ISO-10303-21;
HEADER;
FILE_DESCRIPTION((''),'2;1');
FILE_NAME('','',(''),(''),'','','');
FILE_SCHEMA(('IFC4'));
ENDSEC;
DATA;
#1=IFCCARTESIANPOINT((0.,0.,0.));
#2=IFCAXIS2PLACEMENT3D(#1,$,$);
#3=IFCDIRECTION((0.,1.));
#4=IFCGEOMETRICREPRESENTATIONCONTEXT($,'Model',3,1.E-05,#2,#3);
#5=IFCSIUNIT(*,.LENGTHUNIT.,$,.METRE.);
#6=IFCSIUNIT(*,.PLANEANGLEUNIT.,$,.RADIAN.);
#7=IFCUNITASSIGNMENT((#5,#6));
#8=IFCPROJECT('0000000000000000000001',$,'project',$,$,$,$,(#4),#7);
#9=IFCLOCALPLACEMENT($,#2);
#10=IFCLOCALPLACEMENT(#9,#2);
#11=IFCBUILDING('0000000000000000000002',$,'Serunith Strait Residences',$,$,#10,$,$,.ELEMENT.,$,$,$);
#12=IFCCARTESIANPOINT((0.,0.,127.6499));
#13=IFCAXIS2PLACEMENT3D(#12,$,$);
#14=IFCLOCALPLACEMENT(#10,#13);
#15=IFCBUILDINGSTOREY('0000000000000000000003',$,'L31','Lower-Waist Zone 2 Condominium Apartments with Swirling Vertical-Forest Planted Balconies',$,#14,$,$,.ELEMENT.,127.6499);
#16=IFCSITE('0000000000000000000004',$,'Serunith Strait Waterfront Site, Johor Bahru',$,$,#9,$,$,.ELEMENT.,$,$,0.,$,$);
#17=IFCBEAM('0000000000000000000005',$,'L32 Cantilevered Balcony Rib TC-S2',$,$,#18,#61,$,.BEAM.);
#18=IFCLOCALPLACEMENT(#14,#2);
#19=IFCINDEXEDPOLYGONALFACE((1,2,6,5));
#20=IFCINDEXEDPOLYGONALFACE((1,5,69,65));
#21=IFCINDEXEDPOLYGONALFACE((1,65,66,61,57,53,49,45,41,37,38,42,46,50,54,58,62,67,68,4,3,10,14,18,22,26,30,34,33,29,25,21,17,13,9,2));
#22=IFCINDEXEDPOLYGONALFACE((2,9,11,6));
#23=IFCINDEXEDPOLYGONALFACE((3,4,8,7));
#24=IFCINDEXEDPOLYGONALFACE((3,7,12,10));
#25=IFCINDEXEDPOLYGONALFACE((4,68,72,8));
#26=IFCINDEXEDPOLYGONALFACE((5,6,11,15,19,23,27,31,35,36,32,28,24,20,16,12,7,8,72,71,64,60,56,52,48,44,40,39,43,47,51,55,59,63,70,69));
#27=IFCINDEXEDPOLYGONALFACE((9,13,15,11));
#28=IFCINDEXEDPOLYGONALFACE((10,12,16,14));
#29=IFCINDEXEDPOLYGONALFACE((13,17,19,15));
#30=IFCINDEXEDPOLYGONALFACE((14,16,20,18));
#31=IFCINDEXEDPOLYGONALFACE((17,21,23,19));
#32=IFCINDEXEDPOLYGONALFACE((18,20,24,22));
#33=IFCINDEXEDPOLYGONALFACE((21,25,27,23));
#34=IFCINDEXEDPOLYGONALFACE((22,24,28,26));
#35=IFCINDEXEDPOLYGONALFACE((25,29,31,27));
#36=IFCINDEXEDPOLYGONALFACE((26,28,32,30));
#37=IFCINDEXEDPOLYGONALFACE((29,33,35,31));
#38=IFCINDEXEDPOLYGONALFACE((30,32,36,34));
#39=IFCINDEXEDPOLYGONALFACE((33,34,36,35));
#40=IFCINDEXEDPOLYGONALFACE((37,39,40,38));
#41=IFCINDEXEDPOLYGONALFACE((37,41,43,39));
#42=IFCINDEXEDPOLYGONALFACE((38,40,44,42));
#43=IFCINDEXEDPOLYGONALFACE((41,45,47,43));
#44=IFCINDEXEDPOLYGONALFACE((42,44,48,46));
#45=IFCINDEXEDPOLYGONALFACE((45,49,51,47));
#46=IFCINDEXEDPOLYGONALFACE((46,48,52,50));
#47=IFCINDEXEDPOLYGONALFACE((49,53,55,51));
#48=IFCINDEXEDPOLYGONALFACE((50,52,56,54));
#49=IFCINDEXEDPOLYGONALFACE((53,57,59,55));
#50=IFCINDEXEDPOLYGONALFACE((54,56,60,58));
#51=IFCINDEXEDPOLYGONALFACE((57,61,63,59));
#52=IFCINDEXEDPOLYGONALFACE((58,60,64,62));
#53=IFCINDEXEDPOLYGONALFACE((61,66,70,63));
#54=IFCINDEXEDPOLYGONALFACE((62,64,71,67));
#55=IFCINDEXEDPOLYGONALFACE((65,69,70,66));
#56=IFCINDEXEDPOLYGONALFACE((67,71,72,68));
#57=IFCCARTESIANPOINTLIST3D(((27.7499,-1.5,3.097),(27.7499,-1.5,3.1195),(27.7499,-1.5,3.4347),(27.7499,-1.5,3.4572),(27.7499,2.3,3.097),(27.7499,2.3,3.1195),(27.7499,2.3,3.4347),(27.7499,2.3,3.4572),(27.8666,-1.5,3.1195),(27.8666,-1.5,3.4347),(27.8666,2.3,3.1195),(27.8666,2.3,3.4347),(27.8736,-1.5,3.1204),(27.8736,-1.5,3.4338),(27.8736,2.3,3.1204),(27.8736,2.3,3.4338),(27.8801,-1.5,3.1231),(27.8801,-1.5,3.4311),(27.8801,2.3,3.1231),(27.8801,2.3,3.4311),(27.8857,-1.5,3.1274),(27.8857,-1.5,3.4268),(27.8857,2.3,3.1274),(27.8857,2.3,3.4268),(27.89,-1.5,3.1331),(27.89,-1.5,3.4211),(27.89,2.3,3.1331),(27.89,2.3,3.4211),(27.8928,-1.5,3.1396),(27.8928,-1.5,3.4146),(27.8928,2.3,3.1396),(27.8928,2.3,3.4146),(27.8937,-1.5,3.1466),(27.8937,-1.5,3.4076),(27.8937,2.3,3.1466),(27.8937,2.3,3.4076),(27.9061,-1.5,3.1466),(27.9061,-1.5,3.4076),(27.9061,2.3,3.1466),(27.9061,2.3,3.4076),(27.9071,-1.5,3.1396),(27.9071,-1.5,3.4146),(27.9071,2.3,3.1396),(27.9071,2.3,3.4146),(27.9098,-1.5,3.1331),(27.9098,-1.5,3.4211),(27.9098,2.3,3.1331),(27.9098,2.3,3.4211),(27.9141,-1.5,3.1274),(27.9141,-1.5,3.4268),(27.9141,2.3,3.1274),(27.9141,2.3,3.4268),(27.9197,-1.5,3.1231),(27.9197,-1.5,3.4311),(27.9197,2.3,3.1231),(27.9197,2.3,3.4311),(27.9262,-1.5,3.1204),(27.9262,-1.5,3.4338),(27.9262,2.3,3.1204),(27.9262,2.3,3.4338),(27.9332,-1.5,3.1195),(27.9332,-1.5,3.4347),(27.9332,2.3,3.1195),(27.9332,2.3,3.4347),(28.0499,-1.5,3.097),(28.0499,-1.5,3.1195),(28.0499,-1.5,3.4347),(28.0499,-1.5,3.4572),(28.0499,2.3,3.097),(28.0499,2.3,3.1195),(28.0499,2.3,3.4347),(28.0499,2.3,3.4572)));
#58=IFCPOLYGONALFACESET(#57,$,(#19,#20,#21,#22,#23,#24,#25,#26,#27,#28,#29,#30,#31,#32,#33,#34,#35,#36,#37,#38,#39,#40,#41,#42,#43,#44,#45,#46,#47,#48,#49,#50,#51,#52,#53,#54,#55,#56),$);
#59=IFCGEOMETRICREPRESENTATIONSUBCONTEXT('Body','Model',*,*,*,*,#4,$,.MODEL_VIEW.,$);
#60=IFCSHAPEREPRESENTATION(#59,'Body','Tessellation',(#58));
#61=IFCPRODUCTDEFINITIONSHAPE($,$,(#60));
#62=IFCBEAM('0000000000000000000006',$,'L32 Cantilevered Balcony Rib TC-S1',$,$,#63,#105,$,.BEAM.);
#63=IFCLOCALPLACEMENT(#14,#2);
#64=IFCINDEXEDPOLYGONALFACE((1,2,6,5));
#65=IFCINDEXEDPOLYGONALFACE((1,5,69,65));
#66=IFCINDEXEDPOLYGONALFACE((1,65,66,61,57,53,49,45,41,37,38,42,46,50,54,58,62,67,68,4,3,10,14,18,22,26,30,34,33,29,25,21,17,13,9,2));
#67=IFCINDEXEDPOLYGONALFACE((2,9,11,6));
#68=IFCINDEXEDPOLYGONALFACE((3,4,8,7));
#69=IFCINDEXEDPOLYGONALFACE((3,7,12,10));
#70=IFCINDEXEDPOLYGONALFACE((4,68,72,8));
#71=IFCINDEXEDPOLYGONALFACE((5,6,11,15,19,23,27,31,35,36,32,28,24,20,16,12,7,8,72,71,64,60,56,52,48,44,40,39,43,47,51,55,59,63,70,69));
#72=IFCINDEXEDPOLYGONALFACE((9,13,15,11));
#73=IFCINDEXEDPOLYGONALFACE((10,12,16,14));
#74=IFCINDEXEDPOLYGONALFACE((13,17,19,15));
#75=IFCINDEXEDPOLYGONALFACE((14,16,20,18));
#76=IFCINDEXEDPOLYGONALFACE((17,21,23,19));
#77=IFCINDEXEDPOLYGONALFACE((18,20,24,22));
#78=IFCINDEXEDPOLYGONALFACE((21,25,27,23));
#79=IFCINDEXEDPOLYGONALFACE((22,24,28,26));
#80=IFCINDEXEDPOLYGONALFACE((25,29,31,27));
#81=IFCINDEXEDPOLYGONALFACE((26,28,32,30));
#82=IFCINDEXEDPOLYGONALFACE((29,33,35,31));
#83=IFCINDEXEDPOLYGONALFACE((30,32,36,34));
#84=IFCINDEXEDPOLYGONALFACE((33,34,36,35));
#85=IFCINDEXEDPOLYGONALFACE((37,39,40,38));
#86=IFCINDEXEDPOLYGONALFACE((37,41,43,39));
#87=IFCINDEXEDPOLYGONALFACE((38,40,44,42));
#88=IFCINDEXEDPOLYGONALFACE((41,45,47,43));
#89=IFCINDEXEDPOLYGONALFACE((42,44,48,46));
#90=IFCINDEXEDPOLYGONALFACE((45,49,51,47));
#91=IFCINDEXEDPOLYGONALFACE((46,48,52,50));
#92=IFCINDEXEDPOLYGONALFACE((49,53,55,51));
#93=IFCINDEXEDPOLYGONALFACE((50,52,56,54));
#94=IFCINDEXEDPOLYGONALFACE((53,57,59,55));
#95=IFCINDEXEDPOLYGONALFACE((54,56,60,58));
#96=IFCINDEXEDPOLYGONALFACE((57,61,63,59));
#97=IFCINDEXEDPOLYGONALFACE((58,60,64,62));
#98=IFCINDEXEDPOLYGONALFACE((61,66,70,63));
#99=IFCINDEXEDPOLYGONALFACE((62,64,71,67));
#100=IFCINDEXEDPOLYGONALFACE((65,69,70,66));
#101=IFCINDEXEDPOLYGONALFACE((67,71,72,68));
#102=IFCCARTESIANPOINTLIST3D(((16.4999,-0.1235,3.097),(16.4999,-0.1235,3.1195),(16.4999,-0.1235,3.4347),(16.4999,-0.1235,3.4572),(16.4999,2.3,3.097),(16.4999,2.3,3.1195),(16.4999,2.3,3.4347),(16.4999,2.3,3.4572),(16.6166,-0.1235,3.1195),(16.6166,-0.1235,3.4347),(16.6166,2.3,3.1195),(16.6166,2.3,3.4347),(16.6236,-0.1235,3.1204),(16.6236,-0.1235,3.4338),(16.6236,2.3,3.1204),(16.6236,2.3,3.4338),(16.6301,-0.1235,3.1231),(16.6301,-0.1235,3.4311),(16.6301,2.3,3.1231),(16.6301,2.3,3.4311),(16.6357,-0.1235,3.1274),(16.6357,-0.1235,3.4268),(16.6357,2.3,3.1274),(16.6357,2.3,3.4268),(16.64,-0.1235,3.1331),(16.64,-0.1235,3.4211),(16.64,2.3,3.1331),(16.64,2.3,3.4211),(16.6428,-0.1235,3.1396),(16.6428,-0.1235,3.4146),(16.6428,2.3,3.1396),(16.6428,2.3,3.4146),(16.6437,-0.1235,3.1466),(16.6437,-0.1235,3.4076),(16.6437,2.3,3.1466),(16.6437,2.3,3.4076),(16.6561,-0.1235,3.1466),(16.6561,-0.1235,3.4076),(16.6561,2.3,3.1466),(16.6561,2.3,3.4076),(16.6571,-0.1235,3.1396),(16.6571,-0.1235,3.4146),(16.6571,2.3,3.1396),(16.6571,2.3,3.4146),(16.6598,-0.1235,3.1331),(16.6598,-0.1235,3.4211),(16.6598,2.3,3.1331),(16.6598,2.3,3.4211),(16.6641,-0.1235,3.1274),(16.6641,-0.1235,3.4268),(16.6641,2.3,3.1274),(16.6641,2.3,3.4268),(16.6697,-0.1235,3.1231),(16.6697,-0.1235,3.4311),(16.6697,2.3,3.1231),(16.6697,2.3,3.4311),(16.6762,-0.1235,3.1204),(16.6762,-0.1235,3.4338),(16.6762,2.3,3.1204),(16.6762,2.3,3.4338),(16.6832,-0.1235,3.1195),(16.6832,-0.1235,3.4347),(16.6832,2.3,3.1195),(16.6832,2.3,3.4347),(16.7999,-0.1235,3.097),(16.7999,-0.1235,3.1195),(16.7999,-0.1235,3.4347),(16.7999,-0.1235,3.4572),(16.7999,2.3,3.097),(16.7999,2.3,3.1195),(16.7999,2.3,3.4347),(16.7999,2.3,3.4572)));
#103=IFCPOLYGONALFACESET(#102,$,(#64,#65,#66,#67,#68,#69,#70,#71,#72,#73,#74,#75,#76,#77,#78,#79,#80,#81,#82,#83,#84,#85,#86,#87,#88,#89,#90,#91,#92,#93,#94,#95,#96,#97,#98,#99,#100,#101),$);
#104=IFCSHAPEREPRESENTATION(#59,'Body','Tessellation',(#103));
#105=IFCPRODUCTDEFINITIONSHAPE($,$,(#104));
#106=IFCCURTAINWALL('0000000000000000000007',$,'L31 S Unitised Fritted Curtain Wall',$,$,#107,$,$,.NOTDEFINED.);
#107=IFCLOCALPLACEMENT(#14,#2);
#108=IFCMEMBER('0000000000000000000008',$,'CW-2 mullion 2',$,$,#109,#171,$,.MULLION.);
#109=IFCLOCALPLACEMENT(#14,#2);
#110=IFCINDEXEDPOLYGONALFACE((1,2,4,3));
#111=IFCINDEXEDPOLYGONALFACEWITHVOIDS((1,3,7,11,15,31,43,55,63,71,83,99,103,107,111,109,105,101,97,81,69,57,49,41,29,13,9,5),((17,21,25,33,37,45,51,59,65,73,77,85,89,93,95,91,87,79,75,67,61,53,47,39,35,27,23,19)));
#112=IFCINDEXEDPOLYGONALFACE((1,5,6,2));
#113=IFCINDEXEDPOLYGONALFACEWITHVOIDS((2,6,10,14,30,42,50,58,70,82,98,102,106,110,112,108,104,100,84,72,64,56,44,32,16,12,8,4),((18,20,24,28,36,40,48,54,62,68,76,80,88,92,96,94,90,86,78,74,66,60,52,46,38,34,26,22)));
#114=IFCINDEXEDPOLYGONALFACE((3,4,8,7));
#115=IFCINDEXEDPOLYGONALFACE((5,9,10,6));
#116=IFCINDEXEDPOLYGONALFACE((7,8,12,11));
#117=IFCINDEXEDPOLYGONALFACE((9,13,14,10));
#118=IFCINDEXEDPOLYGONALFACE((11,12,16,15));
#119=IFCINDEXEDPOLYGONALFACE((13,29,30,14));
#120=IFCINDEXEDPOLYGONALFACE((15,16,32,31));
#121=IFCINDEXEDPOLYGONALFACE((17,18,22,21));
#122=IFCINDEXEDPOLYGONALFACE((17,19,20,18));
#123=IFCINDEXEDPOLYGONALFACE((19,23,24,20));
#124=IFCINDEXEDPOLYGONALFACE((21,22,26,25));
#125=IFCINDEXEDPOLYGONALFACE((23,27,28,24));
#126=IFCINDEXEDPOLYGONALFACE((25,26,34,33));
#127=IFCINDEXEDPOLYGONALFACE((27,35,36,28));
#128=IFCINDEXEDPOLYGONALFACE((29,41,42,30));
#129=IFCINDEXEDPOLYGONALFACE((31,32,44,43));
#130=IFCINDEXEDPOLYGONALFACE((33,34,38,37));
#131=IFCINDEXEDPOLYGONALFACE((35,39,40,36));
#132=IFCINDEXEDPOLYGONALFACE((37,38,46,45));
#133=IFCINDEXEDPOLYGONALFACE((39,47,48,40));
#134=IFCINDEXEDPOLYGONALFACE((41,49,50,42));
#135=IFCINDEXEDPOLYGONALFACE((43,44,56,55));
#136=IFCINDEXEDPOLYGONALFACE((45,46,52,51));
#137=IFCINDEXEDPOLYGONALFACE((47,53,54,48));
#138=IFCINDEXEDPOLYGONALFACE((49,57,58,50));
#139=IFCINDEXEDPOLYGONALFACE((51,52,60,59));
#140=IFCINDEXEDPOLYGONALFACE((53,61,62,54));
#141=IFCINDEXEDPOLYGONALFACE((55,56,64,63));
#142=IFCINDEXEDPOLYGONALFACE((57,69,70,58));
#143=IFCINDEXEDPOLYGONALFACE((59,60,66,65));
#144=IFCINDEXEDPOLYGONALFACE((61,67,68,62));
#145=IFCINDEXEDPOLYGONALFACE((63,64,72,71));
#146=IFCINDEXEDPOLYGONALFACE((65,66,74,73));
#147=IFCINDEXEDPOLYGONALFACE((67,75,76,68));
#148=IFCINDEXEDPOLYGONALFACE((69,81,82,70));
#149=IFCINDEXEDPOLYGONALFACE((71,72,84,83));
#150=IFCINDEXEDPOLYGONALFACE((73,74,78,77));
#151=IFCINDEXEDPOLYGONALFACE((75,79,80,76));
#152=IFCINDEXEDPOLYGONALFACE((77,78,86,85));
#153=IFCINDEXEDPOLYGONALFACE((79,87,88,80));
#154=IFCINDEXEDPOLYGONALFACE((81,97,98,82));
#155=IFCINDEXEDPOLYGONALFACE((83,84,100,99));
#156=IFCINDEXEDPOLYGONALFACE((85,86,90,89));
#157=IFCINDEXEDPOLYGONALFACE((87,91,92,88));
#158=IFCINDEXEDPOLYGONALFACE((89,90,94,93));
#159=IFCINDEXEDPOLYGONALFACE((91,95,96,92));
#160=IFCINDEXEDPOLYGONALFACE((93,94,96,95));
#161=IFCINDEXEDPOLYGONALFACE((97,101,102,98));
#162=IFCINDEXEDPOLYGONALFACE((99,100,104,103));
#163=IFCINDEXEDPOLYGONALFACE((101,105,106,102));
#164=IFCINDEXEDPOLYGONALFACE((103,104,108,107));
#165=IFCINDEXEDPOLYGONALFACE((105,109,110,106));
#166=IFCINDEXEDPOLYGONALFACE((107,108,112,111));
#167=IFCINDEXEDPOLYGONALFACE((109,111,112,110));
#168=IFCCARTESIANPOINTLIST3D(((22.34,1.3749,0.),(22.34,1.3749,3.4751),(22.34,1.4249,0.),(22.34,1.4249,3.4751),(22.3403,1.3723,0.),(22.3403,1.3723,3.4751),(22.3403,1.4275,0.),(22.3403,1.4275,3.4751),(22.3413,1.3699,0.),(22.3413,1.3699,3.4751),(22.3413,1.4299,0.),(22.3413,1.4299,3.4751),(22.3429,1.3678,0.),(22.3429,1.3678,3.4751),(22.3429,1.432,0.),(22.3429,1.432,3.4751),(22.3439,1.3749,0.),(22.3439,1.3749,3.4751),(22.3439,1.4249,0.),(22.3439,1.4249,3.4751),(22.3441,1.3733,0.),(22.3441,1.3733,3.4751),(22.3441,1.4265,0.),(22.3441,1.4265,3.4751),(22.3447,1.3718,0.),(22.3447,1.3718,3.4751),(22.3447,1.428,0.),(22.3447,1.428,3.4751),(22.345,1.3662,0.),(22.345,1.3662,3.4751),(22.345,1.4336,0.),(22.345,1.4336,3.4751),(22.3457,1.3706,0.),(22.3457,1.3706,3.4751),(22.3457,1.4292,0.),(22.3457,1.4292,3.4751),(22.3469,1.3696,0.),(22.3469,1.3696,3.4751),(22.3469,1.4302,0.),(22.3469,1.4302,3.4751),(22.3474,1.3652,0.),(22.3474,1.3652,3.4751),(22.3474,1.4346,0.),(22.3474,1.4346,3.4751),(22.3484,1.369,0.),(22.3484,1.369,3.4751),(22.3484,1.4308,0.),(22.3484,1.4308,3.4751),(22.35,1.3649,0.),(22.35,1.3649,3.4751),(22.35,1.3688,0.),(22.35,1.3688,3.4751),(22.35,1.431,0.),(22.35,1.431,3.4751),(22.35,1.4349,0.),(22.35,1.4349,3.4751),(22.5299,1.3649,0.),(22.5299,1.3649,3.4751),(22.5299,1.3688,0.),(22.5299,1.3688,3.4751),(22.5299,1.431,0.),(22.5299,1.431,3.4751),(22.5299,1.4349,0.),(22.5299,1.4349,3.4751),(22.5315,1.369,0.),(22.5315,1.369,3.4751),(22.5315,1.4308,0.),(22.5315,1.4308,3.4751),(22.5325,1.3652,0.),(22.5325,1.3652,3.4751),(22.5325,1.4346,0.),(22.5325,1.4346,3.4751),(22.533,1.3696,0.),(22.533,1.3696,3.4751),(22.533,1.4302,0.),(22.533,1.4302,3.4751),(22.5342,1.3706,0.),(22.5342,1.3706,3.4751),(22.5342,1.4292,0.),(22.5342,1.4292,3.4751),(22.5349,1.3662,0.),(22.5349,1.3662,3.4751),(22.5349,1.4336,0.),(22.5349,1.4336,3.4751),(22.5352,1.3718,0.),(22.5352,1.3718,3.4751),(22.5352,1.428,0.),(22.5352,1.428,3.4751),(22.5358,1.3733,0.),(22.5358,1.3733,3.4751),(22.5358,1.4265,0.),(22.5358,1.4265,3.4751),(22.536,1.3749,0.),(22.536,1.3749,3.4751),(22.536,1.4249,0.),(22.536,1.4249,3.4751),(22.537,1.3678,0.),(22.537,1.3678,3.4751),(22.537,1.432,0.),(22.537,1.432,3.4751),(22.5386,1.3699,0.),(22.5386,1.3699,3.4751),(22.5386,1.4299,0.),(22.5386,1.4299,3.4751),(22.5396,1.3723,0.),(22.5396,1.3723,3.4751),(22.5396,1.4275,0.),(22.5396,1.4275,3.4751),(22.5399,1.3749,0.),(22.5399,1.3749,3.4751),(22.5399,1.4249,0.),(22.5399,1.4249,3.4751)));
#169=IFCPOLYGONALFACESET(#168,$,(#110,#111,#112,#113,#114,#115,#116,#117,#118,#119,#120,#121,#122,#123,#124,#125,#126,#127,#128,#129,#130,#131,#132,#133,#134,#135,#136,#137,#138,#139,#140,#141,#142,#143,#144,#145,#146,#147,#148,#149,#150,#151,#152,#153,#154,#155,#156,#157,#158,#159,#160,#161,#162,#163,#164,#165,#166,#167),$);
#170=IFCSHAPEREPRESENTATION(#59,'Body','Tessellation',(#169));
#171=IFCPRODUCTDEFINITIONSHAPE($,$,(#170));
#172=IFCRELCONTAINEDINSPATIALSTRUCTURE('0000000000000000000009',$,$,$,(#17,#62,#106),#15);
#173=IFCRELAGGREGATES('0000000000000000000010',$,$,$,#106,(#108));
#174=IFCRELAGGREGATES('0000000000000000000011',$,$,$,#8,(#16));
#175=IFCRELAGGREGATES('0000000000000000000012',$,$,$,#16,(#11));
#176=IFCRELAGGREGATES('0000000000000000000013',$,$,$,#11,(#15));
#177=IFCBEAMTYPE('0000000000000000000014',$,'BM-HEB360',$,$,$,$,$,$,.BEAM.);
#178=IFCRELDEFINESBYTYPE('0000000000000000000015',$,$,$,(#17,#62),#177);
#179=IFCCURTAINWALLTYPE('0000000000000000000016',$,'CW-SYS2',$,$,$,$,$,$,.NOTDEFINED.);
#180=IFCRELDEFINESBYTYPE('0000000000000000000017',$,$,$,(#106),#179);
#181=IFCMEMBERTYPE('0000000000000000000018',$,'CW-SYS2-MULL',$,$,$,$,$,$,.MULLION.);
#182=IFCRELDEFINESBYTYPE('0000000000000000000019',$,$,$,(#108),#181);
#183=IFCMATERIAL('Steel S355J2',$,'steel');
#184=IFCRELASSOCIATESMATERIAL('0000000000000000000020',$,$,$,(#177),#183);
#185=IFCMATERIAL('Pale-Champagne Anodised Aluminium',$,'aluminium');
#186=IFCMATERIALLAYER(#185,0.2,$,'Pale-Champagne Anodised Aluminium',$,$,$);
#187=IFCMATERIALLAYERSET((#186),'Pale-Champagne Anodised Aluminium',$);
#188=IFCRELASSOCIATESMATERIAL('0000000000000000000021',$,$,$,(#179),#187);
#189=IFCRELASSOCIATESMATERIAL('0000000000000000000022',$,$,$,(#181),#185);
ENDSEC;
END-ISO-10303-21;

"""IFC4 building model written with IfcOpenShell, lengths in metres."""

from ifc_helpers import new_model, si_unit, direction, frame, origin, origin_2d, place, context, subcontext, project, spatial, hollow_rectangle, i_section, extrude, source, transform, mapped, material, layer, layer_set, material_profile, profile_set, type_object, element, aggregate, save


model = new_model("IFC4")

# Units and contexts
model_context = context("Model", 3, precision=1e-05, world=origin(), true_north=direction((0.0, 1.0)))
body_context = subcontext(model_context, "Body", "Model", "MODEL_VIEW")
ifc_project = project(units=[si_unit("LENGTHUNIT", "METRE"), si_unit("PLANEANGLEUNIT", "RADIAN")], contexts=[model_context])

# Site, building, storey
site_placement = place(None, origin())
site = spatial("IfcSite", under=ifc_project, at=site_placement, Name="Serunith Strait Waterfront Site, Johor Bahru", CompositionType="ELEMENT", RefElevation=0.0)
building_placement = place(site_placement, origin())
building = spatial("IfcBuilding", under=site, at=building_placement, Name="Serunith Strait Residences", CompositionType="ELEMENT")
storey_placement = place(building_placement, frame((0.0, 0.0, 127.6499)))
storey = spatial("IfcBuildingStorey", under=building, at=storey_placement, Name="L31", Description="Lower-Waist Zone 2 Condominium Apartments with Swirling Vertical-Forest Planted Balconies", CompositionType="ELEMENT", Elevation=127.6499)

# Beams
ifc_material_1 = material(Name="Steel S355J2", Category="steel")
ifc_material_profile_1 = material_profile(ifc_material_1, i_section(OverallWidth=0.3, OverallDepth=0.3601, WebThickness=0.0125, FlangeThickness=0.0225, FilletRadius=0.0271, at=origin_2d()), Name="HEB 360")
ifc_profile_set_1 = profile_set([ifc_material_profile_1], Name="Steel S355J2")
beam_type_1 = type_object("IfcBeamType", Name="BM-HEB360", PredefinedType="BEAM", material=ifc_profile_set_1)
shared_shape_1 = source(origin(), body_context, "Body", "SweptSolid", [
    extrude(i_section(OverallWidth=0.3, OverallDepth=0.3601, WebThickness=0.0125, FlangeThickness=0.0225, FilletRadius=0.0271, at=origin_2d()), origin(), (0.0, 0.0, 1.0), 3.8),
])
beam_1_placement = place(storey_placement, frame((27.8999, 2.3, 3.2771), z_axis=(0.0, -1.0, 0.0), x_axis=(1.0, 0.0, 0.0)))
element("IfcBeam", 1, at=beam_1_placement, inside=storey, type_object=beam_type_1, Name="L32 Cantilevered Balcony Rib TC-S2", PredefinedType="BEAM", context=body_context, shape_type="MappedRepresentation", body=[
    mapped(shared_shape_1, transform((0.0, 0.0, 0.0), scale=1.0)),
])
shared_shape_2 = source(origin(), body_context, "Body", "SweptSolid", [
    extrude(i_section(OverallWidth=0.3, OverallDepth=0.3601, WebThickness=0.0125, FlangeThickness=0.0225, FilletRadius=0.0271, at=origin_2d()), origin(), (0.0, 0.0, 1.0), 2.4236),
])
beam_2_placement = place(storey_placement, frame((16.6499, 2.3, 3.2771), z_axis=(0.0, -1.0, 0.0), x_axis=(1.0, 0.0, 0.0)))
element("IfcBeam", 2, at=beam_2_placement, inside=storey, type_object=beam_type_1, Name="L32 Cantilevered Balcony Rib TC-S1", PredefinedType="BEAM", context=body_context, shape_type="MappedRepresentation", body=[
    mapped(shared_shape_2, transform((0.0, 0.0, 0.0), scale=1.0)),
])

# Curtain wall, member
ifc_material_2 = material(Name="Pale-Champagne Anodised Aluminium", Category="aluminium")
ifc_layer_1 = layer(ifc_material_2, 0.2, Name="Pale-Champagne Anodised Aluminium")
ifc_layer_set_1 = layer_set([ifc_layer_1], Name="Pale-Champagne Anodised Aluminium")
curtain_wall_type = type_object("IfcCurtainWallType", Name="CW-SYS2", PredefinedType="NOTDEFINED", material=ifc_layer_set_1)
curtain_wall_placement = place(storey_placement, origin())
curtain_wall = element("IfcCurtainWall", 3, at=curtain_wall_placement, inside=storey, type_object=curtain_wall_type, Name="L31 S Unitised Fritted Curtain Wall", PredefinedType="NOTDEFINED")
ifc_material_profile_2 = material_profile(ifc_material_2, hollow_rectangle(XDim=0.0701, YDim=0.2, WallThickness=0.0039, InnerFilletRadius=0.0061, OuterFilletRadius=0.01, at=origin_2d()), Name="ALU 200x70x4")
ifc_profile_set_2 = profile_set([ifc_material_profile_2], Name="Pale-Champagne Anodised Aluminium")
member_type_1 = type_object("IfcMemberType", Name="CW-SYS2-MULL", PredefinedType="MULLION", material=ifc_profile_set_2)
shared_shape_3 = source(origin(), body_context, "Body", "SweptSolid", [
    extrude(hollow_rectangle(XDim=0.0701, YDim=0.2, WallThickness=0.0039, InnerFilletRadius=0.0061, OuterFilletRadius=0.01, at=origin_2d()), origin(), (0.0, 0.0, 1.0), 3.4751),
])
member_1_placement = place(storey_placement, frame((22.4399, 1.3999, 0.0), z_axis=(0.0, 0.0, 1.0), x_axis=(0.0, 1.0, 0.0)))
member_1 = element("IfcMember", 4, at=member_1_placement, type_object=member_type_1, Name="CW-2 mullion 2", PredefinedType="MULLION", context=body_context, shape_type="MappedRepresentation", body=[
    mapped(shared_shape_3, transform((0.0, 0.0, 0.0), scale=1.0)),
])
aggregate(curtain_wall, [member_1])

save(model, "model.ifc")
